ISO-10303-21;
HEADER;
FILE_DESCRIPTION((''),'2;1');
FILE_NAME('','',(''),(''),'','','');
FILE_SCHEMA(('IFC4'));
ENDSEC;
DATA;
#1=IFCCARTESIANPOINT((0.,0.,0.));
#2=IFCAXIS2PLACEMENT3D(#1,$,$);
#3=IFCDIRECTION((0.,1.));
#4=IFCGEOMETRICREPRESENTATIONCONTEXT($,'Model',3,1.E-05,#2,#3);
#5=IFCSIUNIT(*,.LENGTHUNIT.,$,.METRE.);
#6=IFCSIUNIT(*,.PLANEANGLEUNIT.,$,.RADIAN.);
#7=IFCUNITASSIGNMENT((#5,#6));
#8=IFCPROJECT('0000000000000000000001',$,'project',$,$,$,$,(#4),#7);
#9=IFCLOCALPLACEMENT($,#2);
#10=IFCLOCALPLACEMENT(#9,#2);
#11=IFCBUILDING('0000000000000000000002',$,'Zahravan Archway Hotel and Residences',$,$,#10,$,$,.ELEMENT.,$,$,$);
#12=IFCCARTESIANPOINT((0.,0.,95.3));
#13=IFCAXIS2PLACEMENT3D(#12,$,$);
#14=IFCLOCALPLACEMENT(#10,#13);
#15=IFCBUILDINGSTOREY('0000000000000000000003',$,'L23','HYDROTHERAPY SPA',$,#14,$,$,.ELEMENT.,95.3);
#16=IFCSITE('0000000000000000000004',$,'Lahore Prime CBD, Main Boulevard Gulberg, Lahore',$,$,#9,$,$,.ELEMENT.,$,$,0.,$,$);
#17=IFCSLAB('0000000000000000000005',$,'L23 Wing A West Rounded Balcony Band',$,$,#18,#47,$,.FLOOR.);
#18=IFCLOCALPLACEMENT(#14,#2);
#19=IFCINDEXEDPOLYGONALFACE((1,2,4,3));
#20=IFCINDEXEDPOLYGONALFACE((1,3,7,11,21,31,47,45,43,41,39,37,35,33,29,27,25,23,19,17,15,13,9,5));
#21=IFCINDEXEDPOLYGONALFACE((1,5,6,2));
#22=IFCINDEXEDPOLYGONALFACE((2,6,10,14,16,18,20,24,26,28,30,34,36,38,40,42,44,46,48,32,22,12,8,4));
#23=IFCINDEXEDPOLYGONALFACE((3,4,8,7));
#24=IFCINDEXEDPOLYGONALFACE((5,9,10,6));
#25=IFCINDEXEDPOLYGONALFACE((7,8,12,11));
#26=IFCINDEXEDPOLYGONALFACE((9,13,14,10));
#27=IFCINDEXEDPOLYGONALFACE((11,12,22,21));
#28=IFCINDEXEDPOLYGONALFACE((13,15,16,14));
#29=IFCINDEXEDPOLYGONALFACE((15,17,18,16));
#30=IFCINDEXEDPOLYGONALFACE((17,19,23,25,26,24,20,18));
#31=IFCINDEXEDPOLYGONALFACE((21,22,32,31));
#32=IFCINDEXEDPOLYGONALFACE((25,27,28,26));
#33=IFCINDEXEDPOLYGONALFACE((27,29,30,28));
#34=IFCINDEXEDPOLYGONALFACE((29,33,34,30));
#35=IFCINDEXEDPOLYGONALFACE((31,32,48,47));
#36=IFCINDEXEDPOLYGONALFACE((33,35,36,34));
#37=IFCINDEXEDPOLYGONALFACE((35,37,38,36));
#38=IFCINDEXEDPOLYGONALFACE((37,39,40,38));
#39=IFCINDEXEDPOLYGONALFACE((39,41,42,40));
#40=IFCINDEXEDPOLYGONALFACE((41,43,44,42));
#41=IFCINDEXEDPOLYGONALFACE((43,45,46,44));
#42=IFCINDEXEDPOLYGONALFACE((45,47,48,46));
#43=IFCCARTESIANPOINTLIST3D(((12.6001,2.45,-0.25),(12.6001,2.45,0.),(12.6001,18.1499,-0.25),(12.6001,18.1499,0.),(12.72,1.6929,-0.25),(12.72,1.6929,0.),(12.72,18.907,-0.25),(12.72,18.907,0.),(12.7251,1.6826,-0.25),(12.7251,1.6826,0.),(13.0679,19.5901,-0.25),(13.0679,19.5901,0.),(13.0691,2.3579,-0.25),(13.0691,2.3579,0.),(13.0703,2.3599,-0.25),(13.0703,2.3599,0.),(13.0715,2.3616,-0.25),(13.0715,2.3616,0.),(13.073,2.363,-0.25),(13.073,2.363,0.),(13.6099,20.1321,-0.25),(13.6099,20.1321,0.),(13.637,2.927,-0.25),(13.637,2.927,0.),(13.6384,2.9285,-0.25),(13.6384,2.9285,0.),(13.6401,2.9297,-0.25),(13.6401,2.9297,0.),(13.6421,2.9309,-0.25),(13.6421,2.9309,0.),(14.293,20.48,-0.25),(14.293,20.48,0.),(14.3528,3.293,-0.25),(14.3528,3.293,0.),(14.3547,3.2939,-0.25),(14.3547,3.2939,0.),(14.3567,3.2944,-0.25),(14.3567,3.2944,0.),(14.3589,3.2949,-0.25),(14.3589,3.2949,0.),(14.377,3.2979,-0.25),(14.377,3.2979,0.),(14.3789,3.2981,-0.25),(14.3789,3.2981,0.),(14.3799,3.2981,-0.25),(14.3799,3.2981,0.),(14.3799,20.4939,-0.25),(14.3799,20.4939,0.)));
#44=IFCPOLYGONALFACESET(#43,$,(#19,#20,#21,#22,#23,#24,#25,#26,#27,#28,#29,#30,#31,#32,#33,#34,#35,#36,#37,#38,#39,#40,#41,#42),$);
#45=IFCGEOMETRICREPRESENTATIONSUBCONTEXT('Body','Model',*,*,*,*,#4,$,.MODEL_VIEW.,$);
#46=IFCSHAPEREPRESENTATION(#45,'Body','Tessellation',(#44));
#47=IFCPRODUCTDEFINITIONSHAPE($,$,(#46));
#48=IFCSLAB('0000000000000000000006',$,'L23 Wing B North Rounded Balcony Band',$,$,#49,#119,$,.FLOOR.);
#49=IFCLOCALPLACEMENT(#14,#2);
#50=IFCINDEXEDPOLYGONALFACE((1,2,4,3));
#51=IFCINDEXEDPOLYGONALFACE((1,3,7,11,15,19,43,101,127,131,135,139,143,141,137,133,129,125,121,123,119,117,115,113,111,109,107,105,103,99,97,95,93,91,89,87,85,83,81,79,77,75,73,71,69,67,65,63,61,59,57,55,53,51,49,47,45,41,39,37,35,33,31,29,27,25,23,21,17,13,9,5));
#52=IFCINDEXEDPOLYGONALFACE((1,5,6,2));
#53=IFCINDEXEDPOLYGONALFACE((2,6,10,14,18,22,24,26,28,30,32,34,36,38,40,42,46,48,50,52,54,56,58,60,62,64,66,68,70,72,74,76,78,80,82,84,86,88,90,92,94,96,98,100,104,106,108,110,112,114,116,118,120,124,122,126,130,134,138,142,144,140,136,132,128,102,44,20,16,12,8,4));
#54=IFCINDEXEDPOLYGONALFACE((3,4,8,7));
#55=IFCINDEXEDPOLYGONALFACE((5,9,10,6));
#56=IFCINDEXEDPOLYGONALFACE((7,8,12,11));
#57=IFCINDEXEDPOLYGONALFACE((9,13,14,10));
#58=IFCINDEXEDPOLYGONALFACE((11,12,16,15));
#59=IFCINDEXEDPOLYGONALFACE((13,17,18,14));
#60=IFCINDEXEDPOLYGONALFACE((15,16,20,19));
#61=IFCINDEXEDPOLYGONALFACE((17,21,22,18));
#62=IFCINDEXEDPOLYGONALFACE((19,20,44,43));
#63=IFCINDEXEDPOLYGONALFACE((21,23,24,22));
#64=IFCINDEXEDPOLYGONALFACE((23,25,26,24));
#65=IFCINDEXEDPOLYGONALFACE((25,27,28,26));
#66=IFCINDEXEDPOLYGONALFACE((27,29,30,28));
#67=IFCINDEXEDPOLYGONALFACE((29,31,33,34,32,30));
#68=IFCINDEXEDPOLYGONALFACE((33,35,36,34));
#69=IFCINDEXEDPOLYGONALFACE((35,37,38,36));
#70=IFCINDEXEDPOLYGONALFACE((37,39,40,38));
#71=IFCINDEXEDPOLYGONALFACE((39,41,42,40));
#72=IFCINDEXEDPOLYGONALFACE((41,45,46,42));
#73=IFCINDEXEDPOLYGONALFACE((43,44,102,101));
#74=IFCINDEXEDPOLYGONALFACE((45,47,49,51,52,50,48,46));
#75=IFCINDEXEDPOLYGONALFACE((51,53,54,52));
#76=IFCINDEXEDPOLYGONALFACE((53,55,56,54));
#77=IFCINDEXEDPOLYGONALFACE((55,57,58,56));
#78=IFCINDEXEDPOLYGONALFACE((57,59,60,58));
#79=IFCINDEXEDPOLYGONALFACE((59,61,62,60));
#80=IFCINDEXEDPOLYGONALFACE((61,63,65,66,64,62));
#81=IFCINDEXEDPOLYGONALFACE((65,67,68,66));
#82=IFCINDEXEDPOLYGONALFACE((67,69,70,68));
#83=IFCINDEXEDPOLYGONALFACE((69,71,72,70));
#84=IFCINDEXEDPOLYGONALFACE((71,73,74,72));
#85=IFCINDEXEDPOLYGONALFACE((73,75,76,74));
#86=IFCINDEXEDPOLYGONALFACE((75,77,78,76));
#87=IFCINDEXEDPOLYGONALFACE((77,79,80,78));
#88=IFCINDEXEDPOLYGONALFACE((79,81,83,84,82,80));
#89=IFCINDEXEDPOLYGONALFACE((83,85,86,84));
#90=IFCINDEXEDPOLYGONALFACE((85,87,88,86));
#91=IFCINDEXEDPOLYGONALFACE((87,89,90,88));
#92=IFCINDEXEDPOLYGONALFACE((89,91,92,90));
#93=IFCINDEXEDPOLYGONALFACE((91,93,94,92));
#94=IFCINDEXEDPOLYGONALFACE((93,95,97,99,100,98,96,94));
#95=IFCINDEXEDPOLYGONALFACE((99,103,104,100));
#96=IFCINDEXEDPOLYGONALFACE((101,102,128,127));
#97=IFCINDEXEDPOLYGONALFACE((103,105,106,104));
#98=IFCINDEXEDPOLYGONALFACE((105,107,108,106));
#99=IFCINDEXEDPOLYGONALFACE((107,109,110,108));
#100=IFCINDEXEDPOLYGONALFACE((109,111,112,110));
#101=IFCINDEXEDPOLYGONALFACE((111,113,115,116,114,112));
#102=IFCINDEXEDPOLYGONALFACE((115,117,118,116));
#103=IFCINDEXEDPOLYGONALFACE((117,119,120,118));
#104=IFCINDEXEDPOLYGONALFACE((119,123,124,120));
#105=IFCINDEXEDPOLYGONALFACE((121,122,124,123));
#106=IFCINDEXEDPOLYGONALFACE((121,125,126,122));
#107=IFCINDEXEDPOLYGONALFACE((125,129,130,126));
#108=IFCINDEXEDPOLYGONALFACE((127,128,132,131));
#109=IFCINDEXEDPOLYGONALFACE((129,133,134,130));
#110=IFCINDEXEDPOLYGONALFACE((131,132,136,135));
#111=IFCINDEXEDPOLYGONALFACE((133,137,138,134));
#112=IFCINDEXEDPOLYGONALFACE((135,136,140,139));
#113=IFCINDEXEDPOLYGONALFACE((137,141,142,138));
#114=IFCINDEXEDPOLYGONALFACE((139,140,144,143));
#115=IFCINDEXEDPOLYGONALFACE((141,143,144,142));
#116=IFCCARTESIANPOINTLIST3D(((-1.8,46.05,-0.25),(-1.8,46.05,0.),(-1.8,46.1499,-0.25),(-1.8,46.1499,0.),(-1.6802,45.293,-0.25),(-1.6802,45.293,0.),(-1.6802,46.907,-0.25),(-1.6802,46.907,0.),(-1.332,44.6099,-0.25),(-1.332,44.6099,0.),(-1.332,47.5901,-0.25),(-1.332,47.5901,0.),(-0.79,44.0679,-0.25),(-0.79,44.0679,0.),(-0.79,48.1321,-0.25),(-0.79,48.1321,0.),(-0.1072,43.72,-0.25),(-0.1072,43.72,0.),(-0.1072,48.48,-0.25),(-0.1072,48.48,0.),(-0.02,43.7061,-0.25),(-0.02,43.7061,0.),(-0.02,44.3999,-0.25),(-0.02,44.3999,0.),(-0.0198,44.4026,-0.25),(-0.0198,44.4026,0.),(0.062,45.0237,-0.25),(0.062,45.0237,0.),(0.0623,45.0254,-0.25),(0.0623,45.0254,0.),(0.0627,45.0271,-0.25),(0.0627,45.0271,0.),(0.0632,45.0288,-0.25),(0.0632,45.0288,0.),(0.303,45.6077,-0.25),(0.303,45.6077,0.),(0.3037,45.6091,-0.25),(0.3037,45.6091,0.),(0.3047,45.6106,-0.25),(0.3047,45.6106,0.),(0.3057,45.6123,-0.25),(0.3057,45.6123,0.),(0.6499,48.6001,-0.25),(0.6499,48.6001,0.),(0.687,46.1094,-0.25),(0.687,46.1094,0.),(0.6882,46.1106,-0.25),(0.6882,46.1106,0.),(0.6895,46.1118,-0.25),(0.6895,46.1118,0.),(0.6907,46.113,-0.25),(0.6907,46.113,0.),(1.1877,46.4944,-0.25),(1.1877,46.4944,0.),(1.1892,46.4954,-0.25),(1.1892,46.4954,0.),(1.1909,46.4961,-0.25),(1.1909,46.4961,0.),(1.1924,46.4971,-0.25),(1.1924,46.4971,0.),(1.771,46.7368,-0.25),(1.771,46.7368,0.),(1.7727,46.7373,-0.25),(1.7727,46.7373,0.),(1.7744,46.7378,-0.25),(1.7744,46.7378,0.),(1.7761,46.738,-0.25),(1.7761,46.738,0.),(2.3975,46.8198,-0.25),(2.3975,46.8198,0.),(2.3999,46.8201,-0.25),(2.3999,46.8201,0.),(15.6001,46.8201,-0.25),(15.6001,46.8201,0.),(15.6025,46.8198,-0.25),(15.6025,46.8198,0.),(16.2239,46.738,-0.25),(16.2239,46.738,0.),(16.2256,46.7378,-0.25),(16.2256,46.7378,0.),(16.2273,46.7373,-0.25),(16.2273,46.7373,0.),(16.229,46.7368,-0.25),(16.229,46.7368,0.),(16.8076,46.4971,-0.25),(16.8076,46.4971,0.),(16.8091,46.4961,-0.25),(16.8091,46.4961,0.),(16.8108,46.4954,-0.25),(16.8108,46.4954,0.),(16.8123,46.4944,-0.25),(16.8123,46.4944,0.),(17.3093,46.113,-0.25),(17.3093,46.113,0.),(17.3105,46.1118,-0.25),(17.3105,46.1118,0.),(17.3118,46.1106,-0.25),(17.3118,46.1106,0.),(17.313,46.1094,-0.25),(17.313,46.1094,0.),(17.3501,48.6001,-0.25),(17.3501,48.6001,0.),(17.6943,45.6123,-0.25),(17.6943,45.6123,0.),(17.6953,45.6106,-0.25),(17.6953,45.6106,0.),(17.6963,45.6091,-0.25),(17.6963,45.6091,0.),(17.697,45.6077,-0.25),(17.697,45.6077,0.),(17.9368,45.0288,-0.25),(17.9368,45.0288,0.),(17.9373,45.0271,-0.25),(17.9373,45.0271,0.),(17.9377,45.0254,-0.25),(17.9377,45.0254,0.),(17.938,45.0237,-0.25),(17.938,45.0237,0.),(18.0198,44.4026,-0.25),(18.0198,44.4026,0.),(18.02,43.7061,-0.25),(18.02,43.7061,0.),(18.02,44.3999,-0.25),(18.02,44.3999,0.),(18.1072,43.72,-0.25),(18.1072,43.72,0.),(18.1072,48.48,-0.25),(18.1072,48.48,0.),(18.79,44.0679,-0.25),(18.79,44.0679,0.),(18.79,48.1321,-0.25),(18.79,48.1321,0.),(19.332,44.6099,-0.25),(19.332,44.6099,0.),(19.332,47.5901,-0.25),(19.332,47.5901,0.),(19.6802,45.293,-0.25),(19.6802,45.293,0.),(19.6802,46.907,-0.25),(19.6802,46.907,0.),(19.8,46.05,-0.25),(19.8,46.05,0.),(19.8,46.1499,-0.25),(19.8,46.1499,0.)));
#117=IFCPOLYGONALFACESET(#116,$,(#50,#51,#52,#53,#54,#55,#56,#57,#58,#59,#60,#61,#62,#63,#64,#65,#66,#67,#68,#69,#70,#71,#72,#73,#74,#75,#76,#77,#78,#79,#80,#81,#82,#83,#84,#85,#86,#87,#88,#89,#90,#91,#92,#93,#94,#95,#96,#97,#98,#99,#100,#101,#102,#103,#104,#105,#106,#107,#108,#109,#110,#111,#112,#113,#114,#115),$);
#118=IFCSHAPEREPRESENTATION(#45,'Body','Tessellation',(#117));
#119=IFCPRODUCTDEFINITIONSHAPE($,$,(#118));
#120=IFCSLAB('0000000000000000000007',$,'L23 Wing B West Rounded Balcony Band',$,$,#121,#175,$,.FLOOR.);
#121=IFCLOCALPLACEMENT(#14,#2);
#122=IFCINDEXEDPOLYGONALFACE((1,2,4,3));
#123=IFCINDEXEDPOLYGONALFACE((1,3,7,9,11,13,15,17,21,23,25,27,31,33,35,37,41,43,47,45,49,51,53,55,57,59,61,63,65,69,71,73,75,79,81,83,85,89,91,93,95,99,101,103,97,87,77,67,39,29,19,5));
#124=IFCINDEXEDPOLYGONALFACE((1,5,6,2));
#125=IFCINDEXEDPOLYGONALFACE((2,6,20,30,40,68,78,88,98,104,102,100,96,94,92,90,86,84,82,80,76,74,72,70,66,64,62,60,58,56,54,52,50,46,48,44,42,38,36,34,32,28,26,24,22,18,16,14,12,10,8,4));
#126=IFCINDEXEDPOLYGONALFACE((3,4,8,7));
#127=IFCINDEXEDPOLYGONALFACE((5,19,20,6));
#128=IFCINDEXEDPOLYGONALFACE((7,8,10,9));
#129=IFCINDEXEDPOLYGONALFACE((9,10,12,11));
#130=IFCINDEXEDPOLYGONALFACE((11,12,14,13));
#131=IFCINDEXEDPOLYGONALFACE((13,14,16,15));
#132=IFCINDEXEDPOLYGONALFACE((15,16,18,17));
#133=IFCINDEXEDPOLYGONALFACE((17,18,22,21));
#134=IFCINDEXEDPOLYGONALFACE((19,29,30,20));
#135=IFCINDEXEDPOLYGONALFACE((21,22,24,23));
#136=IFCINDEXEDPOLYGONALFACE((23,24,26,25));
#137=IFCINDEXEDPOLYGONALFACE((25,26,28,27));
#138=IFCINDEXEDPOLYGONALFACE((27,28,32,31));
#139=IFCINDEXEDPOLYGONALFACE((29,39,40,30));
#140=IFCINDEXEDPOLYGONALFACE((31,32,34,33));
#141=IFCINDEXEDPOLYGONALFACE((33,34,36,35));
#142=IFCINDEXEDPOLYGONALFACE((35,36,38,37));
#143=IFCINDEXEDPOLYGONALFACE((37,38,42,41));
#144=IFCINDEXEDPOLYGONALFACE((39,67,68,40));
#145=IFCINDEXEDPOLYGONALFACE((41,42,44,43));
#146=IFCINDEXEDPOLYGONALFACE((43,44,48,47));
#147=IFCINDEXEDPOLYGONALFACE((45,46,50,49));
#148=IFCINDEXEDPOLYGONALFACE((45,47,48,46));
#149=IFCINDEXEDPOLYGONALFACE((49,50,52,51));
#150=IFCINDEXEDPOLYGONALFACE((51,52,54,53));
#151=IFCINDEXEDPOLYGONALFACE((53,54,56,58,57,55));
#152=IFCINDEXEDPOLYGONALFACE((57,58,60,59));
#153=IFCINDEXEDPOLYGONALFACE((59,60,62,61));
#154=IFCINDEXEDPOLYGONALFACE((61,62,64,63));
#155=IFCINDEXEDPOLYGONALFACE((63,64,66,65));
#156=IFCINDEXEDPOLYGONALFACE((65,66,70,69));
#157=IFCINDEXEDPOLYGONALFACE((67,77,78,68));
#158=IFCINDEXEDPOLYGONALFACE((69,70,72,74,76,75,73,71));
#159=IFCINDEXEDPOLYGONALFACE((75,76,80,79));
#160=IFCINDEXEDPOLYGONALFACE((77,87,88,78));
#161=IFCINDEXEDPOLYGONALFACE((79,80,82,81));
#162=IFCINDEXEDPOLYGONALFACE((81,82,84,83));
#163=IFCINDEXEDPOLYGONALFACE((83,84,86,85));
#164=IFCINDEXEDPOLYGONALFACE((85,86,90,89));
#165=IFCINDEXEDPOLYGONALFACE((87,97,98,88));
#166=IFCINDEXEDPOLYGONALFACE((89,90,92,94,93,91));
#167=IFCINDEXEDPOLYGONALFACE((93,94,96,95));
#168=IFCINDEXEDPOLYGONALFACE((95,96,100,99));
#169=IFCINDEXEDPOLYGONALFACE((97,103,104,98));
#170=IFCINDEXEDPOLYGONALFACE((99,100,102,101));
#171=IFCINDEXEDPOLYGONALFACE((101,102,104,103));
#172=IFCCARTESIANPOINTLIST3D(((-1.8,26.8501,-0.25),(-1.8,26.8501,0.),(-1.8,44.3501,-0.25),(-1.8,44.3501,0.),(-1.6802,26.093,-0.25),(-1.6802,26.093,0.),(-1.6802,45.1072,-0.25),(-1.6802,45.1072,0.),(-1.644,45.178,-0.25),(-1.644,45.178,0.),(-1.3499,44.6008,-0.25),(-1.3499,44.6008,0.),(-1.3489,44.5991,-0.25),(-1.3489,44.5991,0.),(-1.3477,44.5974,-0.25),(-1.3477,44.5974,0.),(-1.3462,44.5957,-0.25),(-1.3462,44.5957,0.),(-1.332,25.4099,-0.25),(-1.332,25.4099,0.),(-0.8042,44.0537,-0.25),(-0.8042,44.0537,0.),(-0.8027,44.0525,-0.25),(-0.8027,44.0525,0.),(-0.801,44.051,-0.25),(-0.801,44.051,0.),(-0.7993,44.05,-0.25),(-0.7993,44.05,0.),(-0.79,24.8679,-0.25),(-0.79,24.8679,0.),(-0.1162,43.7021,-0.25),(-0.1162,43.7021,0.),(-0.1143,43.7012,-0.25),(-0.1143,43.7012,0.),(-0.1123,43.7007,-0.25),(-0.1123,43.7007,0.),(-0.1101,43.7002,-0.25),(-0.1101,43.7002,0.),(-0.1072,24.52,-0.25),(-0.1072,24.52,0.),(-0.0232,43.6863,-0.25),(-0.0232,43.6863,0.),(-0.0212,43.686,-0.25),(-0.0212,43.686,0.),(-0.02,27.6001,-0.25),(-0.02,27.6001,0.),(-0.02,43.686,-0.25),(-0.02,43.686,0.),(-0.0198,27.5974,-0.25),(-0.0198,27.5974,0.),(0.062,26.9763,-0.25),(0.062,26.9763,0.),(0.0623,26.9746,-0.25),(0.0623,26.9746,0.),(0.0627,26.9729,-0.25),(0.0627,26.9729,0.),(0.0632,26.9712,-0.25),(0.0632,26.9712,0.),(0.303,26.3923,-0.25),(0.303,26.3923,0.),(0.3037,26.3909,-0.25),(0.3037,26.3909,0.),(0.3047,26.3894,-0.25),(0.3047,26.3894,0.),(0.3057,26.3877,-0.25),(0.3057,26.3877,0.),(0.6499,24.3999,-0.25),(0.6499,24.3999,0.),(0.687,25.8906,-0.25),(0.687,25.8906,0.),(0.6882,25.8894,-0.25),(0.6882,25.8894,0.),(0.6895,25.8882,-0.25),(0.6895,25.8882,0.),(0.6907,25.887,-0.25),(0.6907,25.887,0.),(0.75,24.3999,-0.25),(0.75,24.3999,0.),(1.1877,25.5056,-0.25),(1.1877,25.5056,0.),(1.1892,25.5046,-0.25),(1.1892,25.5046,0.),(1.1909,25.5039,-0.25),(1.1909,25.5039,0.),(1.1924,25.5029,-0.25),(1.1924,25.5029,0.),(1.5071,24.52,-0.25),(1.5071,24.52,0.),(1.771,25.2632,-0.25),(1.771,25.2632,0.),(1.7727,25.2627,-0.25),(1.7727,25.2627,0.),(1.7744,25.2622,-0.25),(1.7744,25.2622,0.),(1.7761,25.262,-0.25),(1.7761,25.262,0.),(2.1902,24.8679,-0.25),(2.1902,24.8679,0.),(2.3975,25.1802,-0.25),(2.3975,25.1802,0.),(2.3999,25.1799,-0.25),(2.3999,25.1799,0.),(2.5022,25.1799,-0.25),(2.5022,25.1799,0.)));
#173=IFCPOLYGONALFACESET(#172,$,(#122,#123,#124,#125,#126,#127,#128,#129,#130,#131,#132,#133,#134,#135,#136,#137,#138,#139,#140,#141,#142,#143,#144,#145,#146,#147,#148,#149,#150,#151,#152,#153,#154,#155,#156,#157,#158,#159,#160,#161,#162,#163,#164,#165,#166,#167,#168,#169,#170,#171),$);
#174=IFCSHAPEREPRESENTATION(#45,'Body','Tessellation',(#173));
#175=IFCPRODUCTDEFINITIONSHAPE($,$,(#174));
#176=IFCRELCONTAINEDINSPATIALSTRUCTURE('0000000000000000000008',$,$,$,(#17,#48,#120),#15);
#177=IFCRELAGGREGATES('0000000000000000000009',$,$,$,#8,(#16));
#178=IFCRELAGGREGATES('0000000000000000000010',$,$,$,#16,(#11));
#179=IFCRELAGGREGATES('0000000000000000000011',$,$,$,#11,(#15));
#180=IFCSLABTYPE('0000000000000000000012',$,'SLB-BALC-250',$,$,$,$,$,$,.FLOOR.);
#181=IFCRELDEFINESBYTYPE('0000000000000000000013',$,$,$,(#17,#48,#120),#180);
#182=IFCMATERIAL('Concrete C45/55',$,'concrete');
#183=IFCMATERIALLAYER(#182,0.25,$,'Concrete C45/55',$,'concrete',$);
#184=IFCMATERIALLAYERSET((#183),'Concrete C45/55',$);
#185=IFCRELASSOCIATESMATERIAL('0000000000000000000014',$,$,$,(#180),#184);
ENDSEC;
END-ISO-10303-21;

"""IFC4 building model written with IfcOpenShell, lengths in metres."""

from ifc_helpers import new_model, si_unit, direction, frame, origin, place, context, subcontext, project, spatial, polyline, outline, extrude, material, layer, layer_set, type_object, element, save


model = new_model("IFC4")

# Units and contexts
model_context = context("Model", 3, precision=1e-05, world=origin(), true_north=direction((0.0, 1.0)))
body_context = subcontext(model_context, "Body", "Model", "MODEL_VIEW")
ifc_project = project(units=[si_unit("LENGTHUNIT", "METRE"), si_unit("PLANEANGLEUNIT", "RADIAN")], contexts=[model_context])

# Site, building, storey
site_placement = place(None, origin())
site = spatial("IfcSite", under=ifc_project, at=site_placement, Name="Lahore Prime CBD, Main Boulevard Gulberg, Lahore", CompositionType="ELEMENT", RefElevation=0.0)
building_placement = place(site_placement, origin())
building = spatial("IfcBuilding", under=site, at=building_placement, Name="Zahravan Archway Hotel and Residences", CompositionType="ELEMENT")
storey_placement = place(building_placement, frame((0.0, 0.0, 95.3)))
storey = spatial("IfcBuildingStorey", under=building, at=storey_placement, Name="L23", Description="HYDROTHERAPY SPA", CompositionType="ELEMENT", Elevation=95.3)

# Slabs
ifc_material_1 = material(Name="Concrete C45/55", Category="concrete")
ifc_layer_1 = layer(ifc_material_1, 0.25, Name="Concrete C45/55", Category="concrete")
ifc_layer_set_1 = layer_set([ifc_layer_1], Name="Concrete C45/55")
slab_type_1 = type_object("IfcSlabType", Name="SLB-BALC-250", PredefinedType="FLOOR", material=ifc_layer_set_1)
slab_1_placement = place(storey_placement, frame((0.0, 0.0, -0.25)))
element("IfcSlab", 1, at=slab_1_placement, inside=storey, type_object=slab_type_1, Name="L23 Wing A West Rounded Balcony Band", PredefinedType="FLOOR", context=body_context, shape_type="SweptSolid", body=[
    extrude(outline(polyline([(12.72, 1.6929), (12.6001, 2.45), (12.6001, 18.1499), (12.72, 18.907), (13.0679, 19.5901), (13.6099, 20.1321), (14.293, 20.48), (14.3799, 20.4939), (14.3799, 3.2981), (14.3789, 3.2981), (14.377, 3.2979), (14.3589, 3.2949), (14.3567, 3.2944), (14.3547, 3.2939), (14.3528, 3.293), (13.6421, 2.9309), (13.6401, 2.9297), (13.6384, 2.9285), (13.637, 2.927), (13.073, 2.363), (13.0715, 2.3616), (13.0703, 2.3599), (13.0691, 2.3579), (12.7251, 1.6826), (12.72, 1.6929)])), origin(), (0.0, 0.0, 1.0), 0.25),
])
slab_2_placement = place(storey_placement, frame((0.0, 0.0, -0.25)))
element("IfcSlab", 2, at=slab_2_placement, inside=storey, type_object=slab_type_1, Name="L23 Wing B North Rounded Balcony Band", PredefinedType="FLOOR", context=body_context, shape_type="SweptSolid", body=[
    extrude(outline(polyline([(-0.1072, 43.72), (-0.79, 44.0679), (-1.332, 44.6099), (-1.6802, 45.293), (-1.8, 46.05), (-1.8, 46.1499), (-1.6802, 46.907), (-1.332, 47.5901), (-0.79, 48.1321), (-0.1072, 48.48), (0.6499, 48.6001), (17.3501, 48.6001), (18.1072, 48.48), (18.79, 48.1321), (19.332, 47.5901), (19.6802, 46.907), (19.8, 46.1499), (19.8, 46.05), (19.6802, 45.293), (19.332, 44.6099), (18.79, 44.0679), (18.1072, 43.72), (18.02, 43.7061), (18.02, 44.3999), (18.0198, 44.4026), (17.938, 45.0237), (17.9377, 45.0254), (17.9373, 45.0271), (17.9368, 45.0288), (17.697, 45.6077), (17.6963, 45.6091), (17.6953, 45.6106), (17.6943, 45.6123), (17.313, 46.1094), (17.3118, 46.1106), (17.3105, 46.1118), (17.3093, 46.113), (16.8123, 46.4944), (16.8108, 46.4954), (16.8091, 46.4961), (16.8076, 46.4971), (16.229, 46.7368), (16.2273, 46.7373), (16.2256, 46.7378), (16.2239, 46.738), (15.6025, 46.8198), (15.6001, 46.8201), (2.3999, 46.8201), (2.3975, 46.8198), (1.7761, 46.738), (1.7744, 46.7378), (1.7727, 46.7373), (1.771, 46.7368), (1.1924, 46.4971), (1.1909, 46.4961), (1.1892, 46.4954), (1.1877, 46.4944), (0.6907, 46.113), (0.6895, 46.1118), (0.6882, 46.1106), (0.687, 46.1094), (0.3057, 45.6123), (0.3047, 45.6106), (0.3037, 45.6091), (0.303, 45.6077), (0.0632, 45.0288), (0.0627, 45.0271), (0.0623, 45.0254), (0.062, 45.0237), (-0.0198, 44.4026), (-0.02, 44.3999), (-0.02, 43.7061), (-0.1072, 43.72)])), origin(), (0.0, 0.0, 1.0), 0.25),
])
slab_3_placement = place(storey_placement, frame((0.0, 0.0, -0.25)))
element("IfcSlab", 3, at=slab_3_placement, inside=storey, type_object=slab_type_1, Name="L23 Wing B West Rounded Balcony Band", PredefinedType="FLOOR", context=body_context, shape_type="SweptSolid", body=[
    extrude(outline(polyline([(2.1902, 24.8679), (1.5071, 24.52), (0.75, 24.3999), (0.6499, 24.3999), (-0.1072, 24.52), (-0.79, 24.8679), (-1.332, 25.4099), (-1.6802, 26.093), (-1.8, 26.8501), (-1.8, 44.3501), (-1.6802, 45.1072), (-1.644, 45.178), (-1.3499, 44.6008), (-1.3489, 44.5991), (-1.3477, 44.5974), (-1.3462, 44.5957), (-0.8042, 44.0537), (-0.8027, 44.0525), (-0.801, 44.051), (-0.7993, 44.05), (-0.1162, 43.7021), (-0.1143, 43.7012), (-0.1123, 43.7007), (-0.1101, 43.7002), (-0.0232, 43.6863), (-0.0212, 43.686), (-0.02, 43.686), (-0.02, 27.6001), (-0.0198, 27.5974), (0.062, 26.9763), (0.0623, 26.9746), (0.0627, 26.9729), (0.0632, 26.9712), (0.303, 26.3923), (0.3037, 26.3909), (0.3047, 26.3894), (0.3057, 26.3877), (0.687, 25.8906), (0.6882, 25.8894), (0.6895, 25.8882), (0.6907, 25.887), (1.1877, 25.5056), (1.1892, 25.5046), (1.1909, 25.5039), (1.1924, 25.5029), (1.771, 25.2632), (1.7727, 25.2627), (1.7744, 25.2622), (1.7761, 25.262), (2.3975, 25.1802), (2.3999, 25.1799), (2.5022, 25.1799), (2.1902, 24.8679)])), origin(), (0.0, 0.0, 1.0), 0.25),
])

save(model, "model.ifc")
